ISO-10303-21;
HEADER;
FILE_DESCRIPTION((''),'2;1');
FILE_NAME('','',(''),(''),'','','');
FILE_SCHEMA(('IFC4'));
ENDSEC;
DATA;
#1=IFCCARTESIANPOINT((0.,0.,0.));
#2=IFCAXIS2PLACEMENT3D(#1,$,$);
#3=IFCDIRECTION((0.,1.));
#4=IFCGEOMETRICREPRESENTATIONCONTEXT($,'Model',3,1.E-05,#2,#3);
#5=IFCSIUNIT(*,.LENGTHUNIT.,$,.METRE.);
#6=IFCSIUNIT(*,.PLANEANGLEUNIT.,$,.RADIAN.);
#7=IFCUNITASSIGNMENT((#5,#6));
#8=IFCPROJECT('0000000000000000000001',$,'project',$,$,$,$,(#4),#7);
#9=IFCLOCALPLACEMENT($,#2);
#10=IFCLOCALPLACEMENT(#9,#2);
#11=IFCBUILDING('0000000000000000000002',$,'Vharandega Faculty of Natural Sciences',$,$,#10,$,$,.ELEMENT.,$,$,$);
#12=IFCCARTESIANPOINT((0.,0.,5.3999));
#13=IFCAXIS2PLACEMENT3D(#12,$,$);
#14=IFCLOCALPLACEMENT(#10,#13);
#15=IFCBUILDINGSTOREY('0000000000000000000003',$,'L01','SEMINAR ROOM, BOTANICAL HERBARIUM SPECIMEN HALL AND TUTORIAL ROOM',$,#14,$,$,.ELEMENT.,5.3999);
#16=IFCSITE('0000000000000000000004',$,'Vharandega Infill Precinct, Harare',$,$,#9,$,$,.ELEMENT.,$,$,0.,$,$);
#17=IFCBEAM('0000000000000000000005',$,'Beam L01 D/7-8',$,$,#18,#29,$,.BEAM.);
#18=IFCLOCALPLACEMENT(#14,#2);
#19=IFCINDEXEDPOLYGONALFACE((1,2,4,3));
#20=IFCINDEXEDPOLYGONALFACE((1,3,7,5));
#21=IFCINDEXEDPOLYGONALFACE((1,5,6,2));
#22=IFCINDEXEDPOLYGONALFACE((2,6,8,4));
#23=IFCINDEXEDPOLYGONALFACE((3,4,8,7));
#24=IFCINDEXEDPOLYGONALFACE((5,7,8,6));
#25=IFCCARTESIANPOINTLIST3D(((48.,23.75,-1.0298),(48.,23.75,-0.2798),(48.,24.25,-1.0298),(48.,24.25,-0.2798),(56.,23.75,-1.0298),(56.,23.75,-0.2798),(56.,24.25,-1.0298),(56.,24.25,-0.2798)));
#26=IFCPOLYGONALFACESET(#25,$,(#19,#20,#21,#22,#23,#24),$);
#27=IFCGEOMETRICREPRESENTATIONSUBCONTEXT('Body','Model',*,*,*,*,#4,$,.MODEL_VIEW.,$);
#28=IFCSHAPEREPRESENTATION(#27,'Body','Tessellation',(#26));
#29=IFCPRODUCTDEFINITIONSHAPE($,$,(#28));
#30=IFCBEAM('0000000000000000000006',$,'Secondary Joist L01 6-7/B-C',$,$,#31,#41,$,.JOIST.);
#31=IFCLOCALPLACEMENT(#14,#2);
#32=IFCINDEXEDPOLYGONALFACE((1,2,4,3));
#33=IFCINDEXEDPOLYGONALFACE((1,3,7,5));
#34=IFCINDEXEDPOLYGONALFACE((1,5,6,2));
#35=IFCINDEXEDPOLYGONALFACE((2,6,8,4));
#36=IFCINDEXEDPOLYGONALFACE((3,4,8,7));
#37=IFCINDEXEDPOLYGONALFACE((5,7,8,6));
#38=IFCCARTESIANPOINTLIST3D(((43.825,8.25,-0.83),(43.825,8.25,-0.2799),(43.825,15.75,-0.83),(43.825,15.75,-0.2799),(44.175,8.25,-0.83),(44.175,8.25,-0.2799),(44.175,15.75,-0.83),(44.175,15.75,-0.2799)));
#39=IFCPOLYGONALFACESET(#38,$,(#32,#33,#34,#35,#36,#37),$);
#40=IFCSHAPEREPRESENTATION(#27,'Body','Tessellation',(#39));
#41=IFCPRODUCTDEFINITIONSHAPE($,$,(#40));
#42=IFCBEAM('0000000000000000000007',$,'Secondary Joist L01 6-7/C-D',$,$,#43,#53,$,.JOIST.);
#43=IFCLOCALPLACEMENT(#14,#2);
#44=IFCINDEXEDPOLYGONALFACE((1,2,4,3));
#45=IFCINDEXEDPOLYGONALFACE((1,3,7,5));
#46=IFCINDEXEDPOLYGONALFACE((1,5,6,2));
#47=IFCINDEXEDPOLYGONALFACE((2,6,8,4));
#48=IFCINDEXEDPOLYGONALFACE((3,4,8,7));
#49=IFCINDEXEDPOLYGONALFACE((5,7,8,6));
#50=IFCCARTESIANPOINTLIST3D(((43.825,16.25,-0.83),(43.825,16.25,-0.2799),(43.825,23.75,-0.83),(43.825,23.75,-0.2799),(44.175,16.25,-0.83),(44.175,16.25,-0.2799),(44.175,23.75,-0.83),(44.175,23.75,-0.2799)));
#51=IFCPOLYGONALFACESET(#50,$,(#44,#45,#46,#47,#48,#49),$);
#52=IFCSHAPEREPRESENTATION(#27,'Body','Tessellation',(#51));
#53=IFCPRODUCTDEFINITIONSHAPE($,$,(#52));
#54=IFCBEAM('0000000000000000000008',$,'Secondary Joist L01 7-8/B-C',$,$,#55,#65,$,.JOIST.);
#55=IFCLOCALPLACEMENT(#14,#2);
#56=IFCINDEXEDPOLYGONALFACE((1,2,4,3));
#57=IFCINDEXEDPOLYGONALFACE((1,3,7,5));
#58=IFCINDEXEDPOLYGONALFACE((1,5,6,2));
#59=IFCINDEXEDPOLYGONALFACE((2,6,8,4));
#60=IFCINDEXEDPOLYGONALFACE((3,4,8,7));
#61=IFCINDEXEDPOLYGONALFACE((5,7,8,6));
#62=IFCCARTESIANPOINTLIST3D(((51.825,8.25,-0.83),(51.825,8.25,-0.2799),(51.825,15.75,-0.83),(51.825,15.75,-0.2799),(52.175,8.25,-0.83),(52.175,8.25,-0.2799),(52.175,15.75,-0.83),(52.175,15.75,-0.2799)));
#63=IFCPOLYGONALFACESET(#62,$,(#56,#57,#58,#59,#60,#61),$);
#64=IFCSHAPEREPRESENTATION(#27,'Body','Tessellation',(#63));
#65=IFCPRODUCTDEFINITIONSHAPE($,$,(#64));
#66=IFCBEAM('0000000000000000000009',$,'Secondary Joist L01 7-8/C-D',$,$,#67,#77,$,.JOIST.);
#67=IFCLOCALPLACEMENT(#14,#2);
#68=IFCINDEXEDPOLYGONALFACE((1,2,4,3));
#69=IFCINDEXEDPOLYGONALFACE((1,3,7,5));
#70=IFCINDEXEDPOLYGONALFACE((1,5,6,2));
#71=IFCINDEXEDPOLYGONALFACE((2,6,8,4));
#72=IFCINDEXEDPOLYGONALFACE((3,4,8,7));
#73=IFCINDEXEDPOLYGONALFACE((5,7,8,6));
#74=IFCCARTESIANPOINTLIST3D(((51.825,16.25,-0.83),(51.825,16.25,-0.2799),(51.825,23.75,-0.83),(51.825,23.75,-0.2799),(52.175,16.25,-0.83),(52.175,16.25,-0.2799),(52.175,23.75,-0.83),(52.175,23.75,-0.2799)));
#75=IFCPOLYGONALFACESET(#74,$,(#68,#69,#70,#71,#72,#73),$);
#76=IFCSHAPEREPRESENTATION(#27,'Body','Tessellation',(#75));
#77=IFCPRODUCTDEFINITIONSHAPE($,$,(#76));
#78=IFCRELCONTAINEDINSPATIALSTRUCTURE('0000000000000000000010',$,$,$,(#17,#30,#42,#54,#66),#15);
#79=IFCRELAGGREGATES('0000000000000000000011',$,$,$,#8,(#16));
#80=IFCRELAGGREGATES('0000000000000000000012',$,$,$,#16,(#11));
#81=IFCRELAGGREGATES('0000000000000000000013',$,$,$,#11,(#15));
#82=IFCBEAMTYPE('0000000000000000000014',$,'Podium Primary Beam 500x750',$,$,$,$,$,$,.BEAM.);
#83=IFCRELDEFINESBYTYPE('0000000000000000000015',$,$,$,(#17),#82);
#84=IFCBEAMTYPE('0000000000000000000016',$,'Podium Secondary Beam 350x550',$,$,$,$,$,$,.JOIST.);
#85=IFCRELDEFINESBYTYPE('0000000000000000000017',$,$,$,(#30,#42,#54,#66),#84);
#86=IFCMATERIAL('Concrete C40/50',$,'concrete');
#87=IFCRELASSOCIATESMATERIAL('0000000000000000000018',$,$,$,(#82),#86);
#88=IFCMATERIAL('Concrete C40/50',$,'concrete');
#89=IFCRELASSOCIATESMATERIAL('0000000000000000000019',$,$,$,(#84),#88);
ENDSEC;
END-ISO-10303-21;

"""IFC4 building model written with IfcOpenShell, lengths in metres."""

from ifc_helpers import new_model, si_unit, direction, frame, origin, origin_2d, place, context, subcontext, project, spatial, rectangle, extrude, material, material_profile, profile_set, type_object, element, save


model = new_model("IFC4")

# Units and contexts
model_context = context("Model", 3, precision=1e-05, world=origin(), true_north=direction((0.0, 1.0)))
body_context = subcontext(model_context, "Body", "Model", "MODEL_VIEW")
ifc_project = project(units=[si_unit("LENGTHUNIT", "METRE"), si_unit("PLANEANGLEUNIT", "RADIAN")], contexts=[model_context])

# Site, building, storey
site_placement = place(None, origin())
site = spatial("IfcSite", under=ifc_project, at=site_placement, Name="Vharandega Infill Precinct, Harare", CompositionType="ELEMENT", RefElevation=0.0)
building_placement = place(site_placement, origin())
building = spatial("IfcBuilding", under=site, at=building_placement, Name="Vharandega Faculty of Natural Sciences", CompositionType="ELEMENT")
storey_placement = place(building_placement, frame((0.0, 0.0, 5.3999)))
storey = spatial("IfcBuildingStorey", under=building, at=storey_placement, Name="L01", Description="SEMINAR ROOM, BOTANICAL HERBARIUM SPECIMEN HALL AND TUTORIAL ROOM", CompositionType="ELEMENT", Elevation=5.3999)

# Beams
ifc_material_1 = material(Name="Concrete C40/50", Category="concrete")
ifc_material_profile_1 = material_profile(ifc_material_1, rectangle(XDim=0.5, YDim=0.75, at=origin_2d()), Name="RC 500x750")
ifc_profile_set_1 = profile_set([ifc_material_profile_1], Name="Concrete C40/50")
beam_type_1 = type_object("IfcBeamType", Name="Podium Primary Beam 500x750", PredefinedType="BEAM", material=ifc_profile_set_1)
for number, where, z_axis, x_axis, name in (
    (1, (48.0, 24.0, -0.6548), (1.0, 0.0, 0.0), (0.0, 1.0, 0.0), "Beam L01 D/7-8"),
):
    element("IfcBeam", number, at=place(storey_placement, frame(where, z_axis=z_axis, x_axis=x_axis)), inside=storey, type_object=beam_type_1, Name=name, PredefinedType="BEAM", context=body_context, shape_type="SweptSolid", body=[
        extrude(rectangle(XDim=0.5, YDim=0.75, at=origin_2d()), origin(), (0.0, 0.0, 1.0), 8.0),
    ])
ifc_material_2 = material(Name="Concrete C40/50", Category="concrete")
ifc_material_profile_2 = material_profile(ifc_material_2, rectangle(XDim=0.3501, YDim=0.55, at=origin_2d()), Name="RC 350x550")
ifc_profile_set_2 = profile_set([ifc_material_profile_2], Name="Concrete C40/50")
beam_type_2 = type_object("IfcBeamType", Name="Podium Secondary Beam 350x550", PredefinedType="JOIST", material=ifc_profile_set_2)
for number, where, z_axis, x_axis, name in (
    (2, (44.0, 8.25, -0.5549), (0.0, 1.0, 0.0), (-1.0, 0.0, 0.0), "Secondary Joist L01 6-7/B-C"),
    (3, (44.0, 16.25, -0.5549), (0.0, 1.0, 0.0), (-1.0, 0.0, 0.0), "Secondary Joist L01 6-7/C-D"),
    (4, (52.0, 8.25, -0.5549), (0.0, 1.0, 0.0), (-1.0, 0.0, 0.0), "Secondary Joist L01 7-8/B-C"),
    (5, (52.0, 16.25, -0.5549), (0.0, 1.0, 0.0), (-1.0, 0.0, 0.0), "Secondary Joist L01 7-8/C-D"),
):
    element("IfcBeam", number, at=place(storey_placement, frame(where, z_axis=z_axis, x_axis=x_axis)), inside=storey, type_object=beam_type_2, Name=name, PredefinedType="JOIST", context=body_context, shape_type="SweptSolid", body=[
        extrude(rectangle(XDim=0.3501, YDim=0.55, at=origin_2d()), origin(), (0.0, 0.0, 1.0), 7.5),
    ])

save(model, "model.ifc")
